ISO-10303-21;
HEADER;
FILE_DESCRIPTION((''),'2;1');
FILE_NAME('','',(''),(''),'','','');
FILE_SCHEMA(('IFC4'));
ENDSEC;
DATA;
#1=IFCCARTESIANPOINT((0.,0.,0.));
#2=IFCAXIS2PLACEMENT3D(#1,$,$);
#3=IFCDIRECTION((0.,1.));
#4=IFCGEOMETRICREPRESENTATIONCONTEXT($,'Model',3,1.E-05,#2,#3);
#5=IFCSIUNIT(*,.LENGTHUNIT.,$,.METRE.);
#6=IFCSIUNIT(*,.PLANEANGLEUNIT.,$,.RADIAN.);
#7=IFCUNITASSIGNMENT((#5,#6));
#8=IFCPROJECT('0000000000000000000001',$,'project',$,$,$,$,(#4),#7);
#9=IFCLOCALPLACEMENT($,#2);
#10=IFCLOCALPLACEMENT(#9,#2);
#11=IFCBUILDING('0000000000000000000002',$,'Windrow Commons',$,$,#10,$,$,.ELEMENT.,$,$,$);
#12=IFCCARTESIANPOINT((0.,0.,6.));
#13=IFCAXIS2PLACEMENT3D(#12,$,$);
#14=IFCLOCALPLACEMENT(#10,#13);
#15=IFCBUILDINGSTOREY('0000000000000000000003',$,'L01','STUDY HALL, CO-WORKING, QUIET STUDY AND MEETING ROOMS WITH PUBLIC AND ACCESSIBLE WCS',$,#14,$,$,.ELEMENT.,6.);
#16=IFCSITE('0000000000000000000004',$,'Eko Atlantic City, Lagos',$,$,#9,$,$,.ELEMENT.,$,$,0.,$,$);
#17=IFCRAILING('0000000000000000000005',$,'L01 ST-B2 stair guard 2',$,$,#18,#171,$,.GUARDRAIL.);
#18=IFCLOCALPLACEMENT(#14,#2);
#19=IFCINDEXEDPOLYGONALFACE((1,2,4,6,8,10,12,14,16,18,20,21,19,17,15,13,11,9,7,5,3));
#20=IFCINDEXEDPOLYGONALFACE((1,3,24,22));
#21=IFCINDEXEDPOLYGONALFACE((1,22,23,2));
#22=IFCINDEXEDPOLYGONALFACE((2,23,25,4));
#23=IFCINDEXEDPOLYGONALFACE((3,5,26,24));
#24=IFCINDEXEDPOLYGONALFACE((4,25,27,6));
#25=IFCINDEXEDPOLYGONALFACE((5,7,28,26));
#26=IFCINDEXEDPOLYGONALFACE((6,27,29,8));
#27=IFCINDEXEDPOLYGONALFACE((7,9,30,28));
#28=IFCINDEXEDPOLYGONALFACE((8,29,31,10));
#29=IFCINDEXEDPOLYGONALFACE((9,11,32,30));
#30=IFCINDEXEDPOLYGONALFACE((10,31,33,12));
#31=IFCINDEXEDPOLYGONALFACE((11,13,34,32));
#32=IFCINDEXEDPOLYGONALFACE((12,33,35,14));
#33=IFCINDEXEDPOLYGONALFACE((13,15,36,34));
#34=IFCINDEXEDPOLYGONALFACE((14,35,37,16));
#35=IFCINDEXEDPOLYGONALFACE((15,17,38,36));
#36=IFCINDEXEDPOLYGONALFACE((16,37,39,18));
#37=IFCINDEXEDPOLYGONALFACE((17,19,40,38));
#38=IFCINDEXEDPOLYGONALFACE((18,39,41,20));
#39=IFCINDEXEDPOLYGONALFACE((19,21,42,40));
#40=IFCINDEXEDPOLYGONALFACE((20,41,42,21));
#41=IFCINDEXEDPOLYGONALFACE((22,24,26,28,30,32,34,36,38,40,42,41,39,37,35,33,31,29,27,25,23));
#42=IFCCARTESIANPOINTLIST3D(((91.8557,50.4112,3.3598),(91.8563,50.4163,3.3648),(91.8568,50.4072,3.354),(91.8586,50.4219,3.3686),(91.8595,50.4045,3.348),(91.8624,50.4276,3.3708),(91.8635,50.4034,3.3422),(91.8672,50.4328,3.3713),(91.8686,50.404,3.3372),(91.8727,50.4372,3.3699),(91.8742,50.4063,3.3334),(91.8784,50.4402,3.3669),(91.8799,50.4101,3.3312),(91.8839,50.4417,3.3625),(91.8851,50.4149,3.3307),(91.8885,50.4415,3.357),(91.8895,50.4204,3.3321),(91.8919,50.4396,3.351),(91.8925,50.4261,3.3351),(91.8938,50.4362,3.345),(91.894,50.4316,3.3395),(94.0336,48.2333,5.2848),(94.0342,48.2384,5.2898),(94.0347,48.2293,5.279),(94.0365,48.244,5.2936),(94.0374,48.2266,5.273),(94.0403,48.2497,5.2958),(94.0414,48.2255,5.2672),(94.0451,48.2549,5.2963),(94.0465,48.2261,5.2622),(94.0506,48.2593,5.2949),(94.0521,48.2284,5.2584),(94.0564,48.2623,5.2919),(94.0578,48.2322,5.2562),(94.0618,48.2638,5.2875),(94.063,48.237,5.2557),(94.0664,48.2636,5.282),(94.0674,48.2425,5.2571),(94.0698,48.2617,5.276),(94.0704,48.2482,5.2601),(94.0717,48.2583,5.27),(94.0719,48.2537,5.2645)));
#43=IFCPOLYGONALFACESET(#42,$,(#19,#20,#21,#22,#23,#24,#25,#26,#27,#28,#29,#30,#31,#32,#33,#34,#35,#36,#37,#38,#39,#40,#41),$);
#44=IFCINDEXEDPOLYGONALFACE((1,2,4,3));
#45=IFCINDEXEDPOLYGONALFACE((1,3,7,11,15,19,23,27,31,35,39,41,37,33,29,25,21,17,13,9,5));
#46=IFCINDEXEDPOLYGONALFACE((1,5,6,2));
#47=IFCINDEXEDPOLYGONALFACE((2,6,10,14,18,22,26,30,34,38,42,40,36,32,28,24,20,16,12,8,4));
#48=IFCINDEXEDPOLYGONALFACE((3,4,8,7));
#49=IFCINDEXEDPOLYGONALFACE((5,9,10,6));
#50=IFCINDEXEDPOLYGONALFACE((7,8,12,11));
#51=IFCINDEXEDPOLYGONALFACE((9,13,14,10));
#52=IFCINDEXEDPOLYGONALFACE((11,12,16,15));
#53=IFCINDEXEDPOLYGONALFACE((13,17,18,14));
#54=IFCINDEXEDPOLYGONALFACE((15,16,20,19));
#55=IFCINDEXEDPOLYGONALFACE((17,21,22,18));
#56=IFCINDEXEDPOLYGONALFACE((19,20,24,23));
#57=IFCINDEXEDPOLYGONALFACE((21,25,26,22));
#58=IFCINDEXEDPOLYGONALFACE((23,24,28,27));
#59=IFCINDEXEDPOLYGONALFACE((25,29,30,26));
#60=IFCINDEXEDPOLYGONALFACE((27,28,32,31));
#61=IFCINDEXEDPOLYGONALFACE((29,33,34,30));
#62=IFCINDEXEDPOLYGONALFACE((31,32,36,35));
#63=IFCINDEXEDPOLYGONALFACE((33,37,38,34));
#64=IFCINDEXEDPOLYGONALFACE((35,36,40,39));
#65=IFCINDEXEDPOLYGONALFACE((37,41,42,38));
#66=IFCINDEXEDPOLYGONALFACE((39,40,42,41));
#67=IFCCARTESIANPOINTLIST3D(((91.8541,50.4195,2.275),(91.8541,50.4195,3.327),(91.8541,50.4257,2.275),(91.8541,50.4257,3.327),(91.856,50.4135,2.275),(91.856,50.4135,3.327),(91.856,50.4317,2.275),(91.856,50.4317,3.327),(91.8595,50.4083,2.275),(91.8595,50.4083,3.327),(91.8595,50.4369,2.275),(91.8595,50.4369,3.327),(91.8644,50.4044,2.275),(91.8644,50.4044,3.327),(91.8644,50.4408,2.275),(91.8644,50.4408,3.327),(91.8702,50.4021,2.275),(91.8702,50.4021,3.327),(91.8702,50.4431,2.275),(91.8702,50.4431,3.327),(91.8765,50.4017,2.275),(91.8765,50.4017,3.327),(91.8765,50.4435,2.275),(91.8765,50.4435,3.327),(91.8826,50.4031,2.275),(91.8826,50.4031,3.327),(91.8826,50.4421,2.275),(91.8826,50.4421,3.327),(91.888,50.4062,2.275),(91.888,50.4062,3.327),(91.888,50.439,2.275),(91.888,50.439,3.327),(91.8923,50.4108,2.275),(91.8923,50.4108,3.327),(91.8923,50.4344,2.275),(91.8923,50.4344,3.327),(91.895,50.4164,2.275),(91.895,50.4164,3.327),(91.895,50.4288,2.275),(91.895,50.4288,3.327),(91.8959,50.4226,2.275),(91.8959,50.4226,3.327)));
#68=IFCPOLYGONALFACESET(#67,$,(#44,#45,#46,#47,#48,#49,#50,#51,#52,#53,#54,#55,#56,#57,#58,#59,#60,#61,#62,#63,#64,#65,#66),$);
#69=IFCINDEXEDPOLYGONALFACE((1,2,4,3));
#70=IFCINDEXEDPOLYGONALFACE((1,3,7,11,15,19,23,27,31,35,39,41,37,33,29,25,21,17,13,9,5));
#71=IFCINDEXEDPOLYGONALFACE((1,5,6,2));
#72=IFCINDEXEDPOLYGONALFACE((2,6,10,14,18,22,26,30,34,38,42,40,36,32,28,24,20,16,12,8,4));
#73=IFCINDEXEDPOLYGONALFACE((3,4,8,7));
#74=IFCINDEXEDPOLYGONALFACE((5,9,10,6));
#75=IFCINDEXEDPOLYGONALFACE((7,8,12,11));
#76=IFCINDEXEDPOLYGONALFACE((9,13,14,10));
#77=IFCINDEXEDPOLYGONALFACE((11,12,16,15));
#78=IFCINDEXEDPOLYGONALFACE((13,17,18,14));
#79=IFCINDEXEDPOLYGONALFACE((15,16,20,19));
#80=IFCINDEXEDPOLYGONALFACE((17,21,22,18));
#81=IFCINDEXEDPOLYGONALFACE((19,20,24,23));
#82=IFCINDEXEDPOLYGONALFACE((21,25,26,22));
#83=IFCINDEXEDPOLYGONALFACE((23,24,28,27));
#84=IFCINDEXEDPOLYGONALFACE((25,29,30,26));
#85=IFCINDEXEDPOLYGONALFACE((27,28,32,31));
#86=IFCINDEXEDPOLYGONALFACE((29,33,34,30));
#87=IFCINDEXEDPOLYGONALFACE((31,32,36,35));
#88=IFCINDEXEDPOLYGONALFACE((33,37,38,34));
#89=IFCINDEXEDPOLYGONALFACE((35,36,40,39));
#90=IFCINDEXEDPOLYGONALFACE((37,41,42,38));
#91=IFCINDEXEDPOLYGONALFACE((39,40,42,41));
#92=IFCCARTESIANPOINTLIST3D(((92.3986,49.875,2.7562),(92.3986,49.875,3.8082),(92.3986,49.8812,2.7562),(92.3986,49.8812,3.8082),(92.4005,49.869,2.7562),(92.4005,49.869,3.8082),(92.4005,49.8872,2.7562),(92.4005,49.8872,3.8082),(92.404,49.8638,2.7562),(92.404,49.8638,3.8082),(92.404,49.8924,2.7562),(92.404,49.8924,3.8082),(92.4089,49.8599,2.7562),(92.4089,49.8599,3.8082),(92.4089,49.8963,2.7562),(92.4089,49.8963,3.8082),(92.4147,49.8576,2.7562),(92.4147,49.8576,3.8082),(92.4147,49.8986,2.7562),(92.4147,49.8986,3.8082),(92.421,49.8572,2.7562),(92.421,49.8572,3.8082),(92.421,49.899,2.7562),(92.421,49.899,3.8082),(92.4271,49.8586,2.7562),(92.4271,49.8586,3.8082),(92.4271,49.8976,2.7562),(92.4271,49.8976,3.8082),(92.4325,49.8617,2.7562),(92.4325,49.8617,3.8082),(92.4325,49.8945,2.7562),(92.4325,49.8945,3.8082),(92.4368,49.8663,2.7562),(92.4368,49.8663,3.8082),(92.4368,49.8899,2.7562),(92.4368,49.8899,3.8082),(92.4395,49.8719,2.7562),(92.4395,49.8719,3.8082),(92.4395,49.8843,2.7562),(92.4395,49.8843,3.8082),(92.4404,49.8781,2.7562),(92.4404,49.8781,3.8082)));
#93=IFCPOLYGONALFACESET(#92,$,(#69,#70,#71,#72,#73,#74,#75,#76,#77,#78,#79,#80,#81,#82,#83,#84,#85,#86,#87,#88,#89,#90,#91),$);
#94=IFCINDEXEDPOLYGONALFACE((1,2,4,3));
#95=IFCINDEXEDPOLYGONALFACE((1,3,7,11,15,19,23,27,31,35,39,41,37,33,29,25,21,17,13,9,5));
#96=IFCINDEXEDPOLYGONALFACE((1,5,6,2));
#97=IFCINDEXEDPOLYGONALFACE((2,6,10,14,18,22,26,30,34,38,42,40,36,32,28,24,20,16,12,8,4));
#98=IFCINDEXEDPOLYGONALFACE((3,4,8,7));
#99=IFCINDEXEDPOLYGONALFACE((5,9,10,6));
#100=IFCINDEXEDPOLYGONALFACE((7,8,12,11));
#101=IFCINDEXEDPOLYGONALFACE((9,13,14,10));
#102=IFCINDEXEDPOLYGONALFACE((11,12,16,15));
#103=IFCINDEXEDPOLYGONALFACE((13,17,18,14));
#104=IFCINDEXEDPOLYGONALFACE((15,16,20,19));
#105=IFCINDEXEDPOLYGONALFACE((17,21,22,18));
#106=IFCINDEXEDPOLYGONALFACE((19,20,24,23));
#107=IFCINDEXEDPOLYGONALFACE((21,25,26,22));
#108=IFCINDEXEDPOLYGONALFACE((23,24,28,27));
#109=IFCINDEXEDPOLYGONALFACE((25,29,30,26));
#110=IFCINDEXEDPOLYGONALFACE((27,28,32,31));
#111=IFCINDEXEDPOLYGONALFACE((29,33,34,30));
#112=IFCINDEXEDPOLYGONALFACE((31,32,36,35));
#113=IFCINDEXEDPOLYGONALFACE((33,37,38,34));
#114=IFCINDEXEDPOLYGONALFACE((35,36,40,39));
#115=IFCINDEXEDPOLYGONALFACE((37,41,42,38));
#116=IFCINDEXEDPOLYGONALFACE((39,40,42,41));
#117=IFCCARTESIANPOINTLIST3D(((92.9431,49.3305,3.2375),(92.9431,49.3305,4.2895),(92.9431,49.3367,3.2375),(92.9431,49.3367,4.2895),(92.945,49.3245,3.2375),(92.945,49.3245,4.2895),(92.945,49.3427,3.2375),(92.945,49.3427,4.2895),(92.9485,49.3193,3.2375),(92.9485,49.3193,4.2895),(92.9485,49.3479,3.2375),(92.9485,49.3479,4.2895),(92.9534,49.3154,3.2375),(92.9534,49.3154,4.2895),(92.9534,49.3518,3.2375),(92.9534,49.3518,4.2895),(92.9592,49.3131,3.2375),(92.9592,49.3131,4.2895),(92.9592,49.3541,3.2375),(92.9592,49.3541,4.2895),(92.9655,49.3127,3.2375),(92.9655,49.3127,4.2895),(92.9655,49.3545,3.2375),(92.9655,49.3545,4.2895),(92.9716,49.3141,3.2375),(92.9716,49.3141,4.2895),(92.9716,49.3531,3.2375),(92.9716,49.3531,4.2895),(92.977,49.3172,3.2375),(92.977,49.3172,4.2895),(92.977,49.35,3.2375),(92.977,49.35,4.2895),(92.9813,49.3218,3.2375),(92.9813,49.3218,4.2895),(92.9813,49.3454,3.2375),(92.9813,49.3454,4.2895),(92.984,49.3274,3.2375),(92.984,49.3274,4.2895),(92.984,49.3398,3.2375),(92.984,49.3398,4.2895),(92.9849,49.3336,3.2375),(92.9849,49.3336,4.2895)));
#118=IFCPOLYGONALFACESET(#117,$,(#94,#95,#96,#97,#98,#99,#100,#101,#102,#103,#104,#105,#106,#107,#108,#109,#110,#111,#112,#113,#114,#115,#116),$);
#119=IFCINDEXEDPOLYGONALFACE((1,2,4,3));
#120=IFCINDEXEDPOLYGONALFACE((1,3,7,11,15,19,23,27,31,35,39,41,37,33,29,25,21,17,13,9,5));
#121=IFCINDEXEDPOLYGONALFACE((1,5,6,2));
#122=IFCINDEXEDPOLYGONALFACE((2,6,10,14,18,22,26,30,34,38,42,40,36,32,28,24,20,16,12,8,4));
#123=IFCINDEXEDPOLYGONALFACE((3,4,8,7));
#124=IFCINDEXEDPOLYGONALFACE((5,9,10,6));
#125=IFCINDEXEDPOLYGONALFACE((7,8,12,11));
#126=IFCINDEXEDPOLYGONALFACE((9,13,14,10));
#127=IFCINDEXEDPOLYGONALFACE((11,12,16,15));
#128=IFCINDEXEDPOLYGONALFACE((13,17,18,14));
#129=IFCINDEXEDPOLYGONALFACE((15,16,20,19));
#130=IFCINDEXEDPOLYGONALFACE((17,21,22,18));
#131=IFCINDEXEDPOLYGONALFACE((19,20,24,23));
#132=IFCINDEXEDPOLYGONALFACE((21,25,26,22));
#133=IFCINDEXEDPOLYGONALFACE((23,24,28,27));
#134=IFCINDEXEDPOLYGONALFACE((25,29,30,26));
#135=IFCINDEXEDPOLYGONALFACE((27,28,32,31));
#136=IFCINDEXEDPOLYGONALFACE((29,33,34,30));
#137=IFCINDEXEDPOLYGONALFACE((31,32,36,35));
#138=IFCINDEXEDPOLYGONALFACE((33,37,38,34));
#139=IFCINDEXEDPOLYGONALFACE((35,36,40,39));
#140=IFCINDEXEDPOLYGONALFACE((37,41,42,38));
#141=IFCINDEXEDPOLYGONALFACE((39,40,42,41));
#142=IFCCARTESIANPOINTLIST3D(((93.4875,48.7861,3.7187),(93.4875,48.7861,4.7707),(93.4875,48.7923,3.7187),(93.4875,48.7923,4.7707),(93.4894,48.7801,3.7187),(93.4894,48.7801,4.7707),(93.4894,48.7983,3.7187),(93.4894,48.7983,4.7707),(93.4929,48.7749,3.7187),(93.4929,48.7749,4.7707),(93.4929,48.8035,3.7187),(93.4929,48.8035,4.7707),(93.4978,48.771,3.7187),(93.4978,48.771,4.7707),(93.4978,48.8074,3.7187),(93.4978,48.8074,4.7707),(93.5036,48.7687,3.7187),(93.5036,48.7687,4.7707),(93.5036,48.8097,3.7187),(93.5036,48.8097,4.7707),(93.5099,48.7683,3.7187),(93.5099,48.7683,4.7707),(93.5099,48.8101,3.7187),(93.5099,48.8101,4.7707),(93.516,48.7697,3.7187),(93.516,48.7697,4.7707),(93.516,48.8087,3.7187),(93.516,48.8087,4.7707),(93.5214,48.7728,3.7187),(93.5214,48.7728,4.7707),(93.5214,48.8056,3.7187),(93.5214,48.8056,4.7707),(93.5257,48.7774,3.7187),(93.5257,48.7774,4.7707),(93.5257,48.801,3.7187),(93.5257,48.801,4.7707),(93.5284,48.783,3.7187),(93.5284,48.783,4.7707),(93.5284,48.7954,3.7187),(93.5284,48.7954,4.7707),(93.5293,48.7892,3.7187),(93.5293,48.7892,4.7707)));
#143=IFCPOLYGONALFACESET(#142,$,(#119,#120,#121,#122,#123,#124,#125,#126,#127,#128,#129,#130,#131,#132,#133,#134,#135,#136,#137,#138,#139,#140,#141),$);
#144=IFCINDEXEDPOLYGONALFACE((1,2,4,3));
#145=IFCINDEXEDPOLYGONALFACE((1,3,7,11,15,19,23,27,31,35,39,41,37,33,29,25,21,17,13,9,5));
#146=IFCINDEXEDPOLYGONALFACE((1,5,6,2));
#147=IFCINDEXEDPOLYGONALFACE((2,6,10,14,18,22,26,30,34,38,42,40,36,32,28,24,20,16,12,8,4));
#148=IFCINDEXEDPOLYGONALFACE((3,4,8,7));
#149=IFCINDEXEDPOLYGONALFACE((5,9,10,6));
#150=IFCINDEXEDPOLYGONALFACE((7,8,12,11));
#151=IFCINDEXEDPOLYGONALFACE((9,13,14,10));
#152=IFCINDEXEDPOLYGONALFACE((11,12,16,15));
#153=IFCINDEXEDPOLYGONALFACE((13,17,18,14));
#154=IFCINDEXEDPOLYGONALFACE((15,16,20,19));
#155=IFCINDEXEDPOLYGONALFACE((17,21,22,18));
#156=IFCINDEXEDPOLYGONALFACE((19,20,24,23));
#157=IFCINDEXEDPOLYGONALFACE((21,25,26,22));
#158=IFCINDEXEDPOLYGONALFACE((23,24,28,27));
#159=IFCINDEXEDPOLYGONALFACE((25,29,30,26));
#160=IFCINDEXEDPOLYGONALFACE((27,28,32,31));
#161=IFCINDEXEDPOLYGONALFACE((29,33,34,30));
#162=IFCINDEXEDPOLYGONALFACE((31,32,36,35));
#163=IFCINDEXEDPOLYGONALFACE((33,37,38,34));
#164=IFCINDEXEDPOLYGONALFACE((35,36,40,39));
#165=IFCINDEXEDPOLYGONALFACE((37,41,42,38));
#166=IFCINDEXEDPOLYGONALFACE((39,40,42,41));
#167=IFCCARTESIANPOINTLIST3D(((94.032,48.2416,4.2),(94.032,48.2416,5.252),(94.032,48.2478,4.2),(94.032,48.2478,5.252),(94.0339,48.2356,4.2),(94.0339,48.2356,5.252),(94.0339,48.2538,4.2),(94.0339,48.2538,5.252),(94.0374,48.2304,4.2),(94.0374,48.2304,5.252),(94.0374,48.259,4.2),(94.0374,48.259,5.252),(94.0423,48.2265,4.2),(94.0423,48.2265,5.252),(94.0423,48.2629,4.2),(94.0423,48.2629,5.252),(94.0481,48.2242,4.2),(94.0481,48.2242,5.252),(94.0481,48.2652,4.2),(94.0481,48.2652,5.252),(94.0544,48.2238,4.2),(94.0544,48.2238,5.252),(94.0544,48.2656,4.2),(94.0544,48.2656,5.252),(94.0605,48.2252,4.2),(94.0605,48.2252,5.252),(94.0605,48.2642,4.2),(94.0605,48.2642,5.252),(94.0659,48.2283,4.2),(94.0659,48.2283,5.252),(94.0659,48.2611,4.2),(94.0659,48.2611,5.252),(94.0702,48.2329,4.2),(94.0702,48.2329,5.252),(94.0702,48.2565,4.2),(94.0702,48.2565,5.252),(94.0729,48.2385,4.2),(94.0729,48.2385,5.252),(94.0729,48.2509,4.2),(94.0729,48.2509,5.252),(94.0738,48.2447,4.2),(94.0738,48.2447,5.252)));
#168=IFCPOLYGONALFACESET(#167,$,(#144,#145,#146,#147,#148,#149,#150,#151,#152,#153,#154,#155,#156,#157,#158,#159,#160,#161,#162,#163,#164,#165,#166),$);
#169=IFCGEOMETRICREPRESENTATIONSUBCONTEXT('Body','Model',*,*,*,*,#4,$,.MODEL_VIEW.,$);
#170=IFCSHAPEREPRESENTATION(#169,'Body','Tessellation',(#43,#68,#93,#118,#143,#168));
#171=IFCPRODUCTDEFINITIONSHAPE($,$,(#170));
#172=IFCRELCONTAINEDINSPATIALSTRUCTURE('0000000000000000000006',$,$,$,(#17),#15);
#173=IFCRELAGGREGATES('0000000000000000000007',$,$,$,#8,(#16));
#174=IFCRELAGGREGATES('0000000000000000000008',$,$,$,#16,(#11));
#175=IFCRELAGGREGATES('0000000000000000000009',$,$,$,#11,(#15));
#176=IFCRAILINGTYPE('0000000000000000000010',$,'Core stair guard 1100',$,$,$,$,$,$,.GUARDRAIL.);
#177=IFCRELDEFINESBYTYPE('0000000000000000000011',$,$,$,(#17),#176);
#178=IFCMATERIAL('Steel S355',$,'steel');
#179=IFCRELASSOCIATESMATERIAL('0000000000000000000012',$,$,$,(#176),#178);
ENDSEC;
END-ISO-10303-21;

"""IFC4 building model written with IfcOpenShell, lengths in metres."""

from ifc_helpers import new_model, si_unit, direction, frame, origin, origin_2d, place, context, subcontext, project, spatial, circle, extrude, material, type_object, element, save


model = new_model("IFC4")

# Units and contexts
model_context = context("Model", 3, precision=1e-05, world=origin(), true_north=direction((0.0, 1.0)))
body_context = subcontext(model_context, "Body", "Model", "MODEL_VIEW")
ifc_project = project(units=[si_unit("LENGTHUNIT", "METRE"), si_unit("PLANEANGLEUNIT", "RADIAN")], contexts=[model_context])

# Site, building, storey
site_placement = place(None, origin())
site = spatial("IfcSite", under=ifc_project, at=site_placement, Name="Eko Atlantic City, Lagos", CompositionType="ELEMENT", RefElevation=0.0)
building_placement = place(site_placement, origin())
building = spatial("IfcBuilding", under=site, at=building_placement, Name="Windrow Commons", CompositionType="ELEMENT")
storey_placement = place(building_placement, frame((0.0, 0.0, 6.0)))
storey = spatial("IfcBuildingStorey", under=building, at=storey_placement, Name="L01", Description="STUDY HALL, CO-WORKING, QUIET STUDY AND MEETING ROOMS WITH PUBLIC AND ACCESSIBLE WCS", CompositionType="ELEMENT", Elevation=6.0)

# Railing
ifc_material_1 = material(Name="Steel S355", Category="steel")
railing_type_1 = type_object("IfcRailingType", Name="Core stair guard 1100", PredefinedType="GUARDRAIL", material=ifc_material_1)
railing_1_placement = place(storey_placement, frame((91.8749, 50.4226, 2.275)))
element("IfcRailing", 1, at=railing_1_placement, inside=storey, type_object=railing_type_1, Name="L01 ST-B2 stair guard 2", PredefinedType="GUARDRAIL", context=body_context, shape_type="SweptSolid", body=[
    extrude(circle(Radius=0.024, at=origin_2d()), frame((0.0, 0.0, 1.076), z_axis=(0.599626, -0.599626, 0.529997), x_axis=(0.707107, 0.707107, 0.0)), (0.0, 0.0, 1.0), 3.6321),
    extrude(circle(Radius=0.021, at=origin_2d()), origin(), (0.0, 0.0, 1.0), 1.052),
    extrude(circle(Radius=0.021, at=origin_2d()), frame((0.5445, -0.5445, 0.4812)), (0.0, 0.0, 1.0), 1.052),
    extrude(circle(Radius=0.021, at=origin_2d()), frame((1.089, -1.089, 0.9625)), (0.0, 0.0, 1.0), 1.052),
    extrude(circle(Radius=0.021, at=origin_2d()), frame((1.6334, -1.6334, 1.4437)), (0.0, 0.0, 1.0), 1.052),
    extrude(circle(Radius=0.021, at=origin_2d()), frame((2.1779, -2.1779, 1.925)), (0.0, 0.0, 1.0), 1.052),
])

save(model, "model.ifc")
